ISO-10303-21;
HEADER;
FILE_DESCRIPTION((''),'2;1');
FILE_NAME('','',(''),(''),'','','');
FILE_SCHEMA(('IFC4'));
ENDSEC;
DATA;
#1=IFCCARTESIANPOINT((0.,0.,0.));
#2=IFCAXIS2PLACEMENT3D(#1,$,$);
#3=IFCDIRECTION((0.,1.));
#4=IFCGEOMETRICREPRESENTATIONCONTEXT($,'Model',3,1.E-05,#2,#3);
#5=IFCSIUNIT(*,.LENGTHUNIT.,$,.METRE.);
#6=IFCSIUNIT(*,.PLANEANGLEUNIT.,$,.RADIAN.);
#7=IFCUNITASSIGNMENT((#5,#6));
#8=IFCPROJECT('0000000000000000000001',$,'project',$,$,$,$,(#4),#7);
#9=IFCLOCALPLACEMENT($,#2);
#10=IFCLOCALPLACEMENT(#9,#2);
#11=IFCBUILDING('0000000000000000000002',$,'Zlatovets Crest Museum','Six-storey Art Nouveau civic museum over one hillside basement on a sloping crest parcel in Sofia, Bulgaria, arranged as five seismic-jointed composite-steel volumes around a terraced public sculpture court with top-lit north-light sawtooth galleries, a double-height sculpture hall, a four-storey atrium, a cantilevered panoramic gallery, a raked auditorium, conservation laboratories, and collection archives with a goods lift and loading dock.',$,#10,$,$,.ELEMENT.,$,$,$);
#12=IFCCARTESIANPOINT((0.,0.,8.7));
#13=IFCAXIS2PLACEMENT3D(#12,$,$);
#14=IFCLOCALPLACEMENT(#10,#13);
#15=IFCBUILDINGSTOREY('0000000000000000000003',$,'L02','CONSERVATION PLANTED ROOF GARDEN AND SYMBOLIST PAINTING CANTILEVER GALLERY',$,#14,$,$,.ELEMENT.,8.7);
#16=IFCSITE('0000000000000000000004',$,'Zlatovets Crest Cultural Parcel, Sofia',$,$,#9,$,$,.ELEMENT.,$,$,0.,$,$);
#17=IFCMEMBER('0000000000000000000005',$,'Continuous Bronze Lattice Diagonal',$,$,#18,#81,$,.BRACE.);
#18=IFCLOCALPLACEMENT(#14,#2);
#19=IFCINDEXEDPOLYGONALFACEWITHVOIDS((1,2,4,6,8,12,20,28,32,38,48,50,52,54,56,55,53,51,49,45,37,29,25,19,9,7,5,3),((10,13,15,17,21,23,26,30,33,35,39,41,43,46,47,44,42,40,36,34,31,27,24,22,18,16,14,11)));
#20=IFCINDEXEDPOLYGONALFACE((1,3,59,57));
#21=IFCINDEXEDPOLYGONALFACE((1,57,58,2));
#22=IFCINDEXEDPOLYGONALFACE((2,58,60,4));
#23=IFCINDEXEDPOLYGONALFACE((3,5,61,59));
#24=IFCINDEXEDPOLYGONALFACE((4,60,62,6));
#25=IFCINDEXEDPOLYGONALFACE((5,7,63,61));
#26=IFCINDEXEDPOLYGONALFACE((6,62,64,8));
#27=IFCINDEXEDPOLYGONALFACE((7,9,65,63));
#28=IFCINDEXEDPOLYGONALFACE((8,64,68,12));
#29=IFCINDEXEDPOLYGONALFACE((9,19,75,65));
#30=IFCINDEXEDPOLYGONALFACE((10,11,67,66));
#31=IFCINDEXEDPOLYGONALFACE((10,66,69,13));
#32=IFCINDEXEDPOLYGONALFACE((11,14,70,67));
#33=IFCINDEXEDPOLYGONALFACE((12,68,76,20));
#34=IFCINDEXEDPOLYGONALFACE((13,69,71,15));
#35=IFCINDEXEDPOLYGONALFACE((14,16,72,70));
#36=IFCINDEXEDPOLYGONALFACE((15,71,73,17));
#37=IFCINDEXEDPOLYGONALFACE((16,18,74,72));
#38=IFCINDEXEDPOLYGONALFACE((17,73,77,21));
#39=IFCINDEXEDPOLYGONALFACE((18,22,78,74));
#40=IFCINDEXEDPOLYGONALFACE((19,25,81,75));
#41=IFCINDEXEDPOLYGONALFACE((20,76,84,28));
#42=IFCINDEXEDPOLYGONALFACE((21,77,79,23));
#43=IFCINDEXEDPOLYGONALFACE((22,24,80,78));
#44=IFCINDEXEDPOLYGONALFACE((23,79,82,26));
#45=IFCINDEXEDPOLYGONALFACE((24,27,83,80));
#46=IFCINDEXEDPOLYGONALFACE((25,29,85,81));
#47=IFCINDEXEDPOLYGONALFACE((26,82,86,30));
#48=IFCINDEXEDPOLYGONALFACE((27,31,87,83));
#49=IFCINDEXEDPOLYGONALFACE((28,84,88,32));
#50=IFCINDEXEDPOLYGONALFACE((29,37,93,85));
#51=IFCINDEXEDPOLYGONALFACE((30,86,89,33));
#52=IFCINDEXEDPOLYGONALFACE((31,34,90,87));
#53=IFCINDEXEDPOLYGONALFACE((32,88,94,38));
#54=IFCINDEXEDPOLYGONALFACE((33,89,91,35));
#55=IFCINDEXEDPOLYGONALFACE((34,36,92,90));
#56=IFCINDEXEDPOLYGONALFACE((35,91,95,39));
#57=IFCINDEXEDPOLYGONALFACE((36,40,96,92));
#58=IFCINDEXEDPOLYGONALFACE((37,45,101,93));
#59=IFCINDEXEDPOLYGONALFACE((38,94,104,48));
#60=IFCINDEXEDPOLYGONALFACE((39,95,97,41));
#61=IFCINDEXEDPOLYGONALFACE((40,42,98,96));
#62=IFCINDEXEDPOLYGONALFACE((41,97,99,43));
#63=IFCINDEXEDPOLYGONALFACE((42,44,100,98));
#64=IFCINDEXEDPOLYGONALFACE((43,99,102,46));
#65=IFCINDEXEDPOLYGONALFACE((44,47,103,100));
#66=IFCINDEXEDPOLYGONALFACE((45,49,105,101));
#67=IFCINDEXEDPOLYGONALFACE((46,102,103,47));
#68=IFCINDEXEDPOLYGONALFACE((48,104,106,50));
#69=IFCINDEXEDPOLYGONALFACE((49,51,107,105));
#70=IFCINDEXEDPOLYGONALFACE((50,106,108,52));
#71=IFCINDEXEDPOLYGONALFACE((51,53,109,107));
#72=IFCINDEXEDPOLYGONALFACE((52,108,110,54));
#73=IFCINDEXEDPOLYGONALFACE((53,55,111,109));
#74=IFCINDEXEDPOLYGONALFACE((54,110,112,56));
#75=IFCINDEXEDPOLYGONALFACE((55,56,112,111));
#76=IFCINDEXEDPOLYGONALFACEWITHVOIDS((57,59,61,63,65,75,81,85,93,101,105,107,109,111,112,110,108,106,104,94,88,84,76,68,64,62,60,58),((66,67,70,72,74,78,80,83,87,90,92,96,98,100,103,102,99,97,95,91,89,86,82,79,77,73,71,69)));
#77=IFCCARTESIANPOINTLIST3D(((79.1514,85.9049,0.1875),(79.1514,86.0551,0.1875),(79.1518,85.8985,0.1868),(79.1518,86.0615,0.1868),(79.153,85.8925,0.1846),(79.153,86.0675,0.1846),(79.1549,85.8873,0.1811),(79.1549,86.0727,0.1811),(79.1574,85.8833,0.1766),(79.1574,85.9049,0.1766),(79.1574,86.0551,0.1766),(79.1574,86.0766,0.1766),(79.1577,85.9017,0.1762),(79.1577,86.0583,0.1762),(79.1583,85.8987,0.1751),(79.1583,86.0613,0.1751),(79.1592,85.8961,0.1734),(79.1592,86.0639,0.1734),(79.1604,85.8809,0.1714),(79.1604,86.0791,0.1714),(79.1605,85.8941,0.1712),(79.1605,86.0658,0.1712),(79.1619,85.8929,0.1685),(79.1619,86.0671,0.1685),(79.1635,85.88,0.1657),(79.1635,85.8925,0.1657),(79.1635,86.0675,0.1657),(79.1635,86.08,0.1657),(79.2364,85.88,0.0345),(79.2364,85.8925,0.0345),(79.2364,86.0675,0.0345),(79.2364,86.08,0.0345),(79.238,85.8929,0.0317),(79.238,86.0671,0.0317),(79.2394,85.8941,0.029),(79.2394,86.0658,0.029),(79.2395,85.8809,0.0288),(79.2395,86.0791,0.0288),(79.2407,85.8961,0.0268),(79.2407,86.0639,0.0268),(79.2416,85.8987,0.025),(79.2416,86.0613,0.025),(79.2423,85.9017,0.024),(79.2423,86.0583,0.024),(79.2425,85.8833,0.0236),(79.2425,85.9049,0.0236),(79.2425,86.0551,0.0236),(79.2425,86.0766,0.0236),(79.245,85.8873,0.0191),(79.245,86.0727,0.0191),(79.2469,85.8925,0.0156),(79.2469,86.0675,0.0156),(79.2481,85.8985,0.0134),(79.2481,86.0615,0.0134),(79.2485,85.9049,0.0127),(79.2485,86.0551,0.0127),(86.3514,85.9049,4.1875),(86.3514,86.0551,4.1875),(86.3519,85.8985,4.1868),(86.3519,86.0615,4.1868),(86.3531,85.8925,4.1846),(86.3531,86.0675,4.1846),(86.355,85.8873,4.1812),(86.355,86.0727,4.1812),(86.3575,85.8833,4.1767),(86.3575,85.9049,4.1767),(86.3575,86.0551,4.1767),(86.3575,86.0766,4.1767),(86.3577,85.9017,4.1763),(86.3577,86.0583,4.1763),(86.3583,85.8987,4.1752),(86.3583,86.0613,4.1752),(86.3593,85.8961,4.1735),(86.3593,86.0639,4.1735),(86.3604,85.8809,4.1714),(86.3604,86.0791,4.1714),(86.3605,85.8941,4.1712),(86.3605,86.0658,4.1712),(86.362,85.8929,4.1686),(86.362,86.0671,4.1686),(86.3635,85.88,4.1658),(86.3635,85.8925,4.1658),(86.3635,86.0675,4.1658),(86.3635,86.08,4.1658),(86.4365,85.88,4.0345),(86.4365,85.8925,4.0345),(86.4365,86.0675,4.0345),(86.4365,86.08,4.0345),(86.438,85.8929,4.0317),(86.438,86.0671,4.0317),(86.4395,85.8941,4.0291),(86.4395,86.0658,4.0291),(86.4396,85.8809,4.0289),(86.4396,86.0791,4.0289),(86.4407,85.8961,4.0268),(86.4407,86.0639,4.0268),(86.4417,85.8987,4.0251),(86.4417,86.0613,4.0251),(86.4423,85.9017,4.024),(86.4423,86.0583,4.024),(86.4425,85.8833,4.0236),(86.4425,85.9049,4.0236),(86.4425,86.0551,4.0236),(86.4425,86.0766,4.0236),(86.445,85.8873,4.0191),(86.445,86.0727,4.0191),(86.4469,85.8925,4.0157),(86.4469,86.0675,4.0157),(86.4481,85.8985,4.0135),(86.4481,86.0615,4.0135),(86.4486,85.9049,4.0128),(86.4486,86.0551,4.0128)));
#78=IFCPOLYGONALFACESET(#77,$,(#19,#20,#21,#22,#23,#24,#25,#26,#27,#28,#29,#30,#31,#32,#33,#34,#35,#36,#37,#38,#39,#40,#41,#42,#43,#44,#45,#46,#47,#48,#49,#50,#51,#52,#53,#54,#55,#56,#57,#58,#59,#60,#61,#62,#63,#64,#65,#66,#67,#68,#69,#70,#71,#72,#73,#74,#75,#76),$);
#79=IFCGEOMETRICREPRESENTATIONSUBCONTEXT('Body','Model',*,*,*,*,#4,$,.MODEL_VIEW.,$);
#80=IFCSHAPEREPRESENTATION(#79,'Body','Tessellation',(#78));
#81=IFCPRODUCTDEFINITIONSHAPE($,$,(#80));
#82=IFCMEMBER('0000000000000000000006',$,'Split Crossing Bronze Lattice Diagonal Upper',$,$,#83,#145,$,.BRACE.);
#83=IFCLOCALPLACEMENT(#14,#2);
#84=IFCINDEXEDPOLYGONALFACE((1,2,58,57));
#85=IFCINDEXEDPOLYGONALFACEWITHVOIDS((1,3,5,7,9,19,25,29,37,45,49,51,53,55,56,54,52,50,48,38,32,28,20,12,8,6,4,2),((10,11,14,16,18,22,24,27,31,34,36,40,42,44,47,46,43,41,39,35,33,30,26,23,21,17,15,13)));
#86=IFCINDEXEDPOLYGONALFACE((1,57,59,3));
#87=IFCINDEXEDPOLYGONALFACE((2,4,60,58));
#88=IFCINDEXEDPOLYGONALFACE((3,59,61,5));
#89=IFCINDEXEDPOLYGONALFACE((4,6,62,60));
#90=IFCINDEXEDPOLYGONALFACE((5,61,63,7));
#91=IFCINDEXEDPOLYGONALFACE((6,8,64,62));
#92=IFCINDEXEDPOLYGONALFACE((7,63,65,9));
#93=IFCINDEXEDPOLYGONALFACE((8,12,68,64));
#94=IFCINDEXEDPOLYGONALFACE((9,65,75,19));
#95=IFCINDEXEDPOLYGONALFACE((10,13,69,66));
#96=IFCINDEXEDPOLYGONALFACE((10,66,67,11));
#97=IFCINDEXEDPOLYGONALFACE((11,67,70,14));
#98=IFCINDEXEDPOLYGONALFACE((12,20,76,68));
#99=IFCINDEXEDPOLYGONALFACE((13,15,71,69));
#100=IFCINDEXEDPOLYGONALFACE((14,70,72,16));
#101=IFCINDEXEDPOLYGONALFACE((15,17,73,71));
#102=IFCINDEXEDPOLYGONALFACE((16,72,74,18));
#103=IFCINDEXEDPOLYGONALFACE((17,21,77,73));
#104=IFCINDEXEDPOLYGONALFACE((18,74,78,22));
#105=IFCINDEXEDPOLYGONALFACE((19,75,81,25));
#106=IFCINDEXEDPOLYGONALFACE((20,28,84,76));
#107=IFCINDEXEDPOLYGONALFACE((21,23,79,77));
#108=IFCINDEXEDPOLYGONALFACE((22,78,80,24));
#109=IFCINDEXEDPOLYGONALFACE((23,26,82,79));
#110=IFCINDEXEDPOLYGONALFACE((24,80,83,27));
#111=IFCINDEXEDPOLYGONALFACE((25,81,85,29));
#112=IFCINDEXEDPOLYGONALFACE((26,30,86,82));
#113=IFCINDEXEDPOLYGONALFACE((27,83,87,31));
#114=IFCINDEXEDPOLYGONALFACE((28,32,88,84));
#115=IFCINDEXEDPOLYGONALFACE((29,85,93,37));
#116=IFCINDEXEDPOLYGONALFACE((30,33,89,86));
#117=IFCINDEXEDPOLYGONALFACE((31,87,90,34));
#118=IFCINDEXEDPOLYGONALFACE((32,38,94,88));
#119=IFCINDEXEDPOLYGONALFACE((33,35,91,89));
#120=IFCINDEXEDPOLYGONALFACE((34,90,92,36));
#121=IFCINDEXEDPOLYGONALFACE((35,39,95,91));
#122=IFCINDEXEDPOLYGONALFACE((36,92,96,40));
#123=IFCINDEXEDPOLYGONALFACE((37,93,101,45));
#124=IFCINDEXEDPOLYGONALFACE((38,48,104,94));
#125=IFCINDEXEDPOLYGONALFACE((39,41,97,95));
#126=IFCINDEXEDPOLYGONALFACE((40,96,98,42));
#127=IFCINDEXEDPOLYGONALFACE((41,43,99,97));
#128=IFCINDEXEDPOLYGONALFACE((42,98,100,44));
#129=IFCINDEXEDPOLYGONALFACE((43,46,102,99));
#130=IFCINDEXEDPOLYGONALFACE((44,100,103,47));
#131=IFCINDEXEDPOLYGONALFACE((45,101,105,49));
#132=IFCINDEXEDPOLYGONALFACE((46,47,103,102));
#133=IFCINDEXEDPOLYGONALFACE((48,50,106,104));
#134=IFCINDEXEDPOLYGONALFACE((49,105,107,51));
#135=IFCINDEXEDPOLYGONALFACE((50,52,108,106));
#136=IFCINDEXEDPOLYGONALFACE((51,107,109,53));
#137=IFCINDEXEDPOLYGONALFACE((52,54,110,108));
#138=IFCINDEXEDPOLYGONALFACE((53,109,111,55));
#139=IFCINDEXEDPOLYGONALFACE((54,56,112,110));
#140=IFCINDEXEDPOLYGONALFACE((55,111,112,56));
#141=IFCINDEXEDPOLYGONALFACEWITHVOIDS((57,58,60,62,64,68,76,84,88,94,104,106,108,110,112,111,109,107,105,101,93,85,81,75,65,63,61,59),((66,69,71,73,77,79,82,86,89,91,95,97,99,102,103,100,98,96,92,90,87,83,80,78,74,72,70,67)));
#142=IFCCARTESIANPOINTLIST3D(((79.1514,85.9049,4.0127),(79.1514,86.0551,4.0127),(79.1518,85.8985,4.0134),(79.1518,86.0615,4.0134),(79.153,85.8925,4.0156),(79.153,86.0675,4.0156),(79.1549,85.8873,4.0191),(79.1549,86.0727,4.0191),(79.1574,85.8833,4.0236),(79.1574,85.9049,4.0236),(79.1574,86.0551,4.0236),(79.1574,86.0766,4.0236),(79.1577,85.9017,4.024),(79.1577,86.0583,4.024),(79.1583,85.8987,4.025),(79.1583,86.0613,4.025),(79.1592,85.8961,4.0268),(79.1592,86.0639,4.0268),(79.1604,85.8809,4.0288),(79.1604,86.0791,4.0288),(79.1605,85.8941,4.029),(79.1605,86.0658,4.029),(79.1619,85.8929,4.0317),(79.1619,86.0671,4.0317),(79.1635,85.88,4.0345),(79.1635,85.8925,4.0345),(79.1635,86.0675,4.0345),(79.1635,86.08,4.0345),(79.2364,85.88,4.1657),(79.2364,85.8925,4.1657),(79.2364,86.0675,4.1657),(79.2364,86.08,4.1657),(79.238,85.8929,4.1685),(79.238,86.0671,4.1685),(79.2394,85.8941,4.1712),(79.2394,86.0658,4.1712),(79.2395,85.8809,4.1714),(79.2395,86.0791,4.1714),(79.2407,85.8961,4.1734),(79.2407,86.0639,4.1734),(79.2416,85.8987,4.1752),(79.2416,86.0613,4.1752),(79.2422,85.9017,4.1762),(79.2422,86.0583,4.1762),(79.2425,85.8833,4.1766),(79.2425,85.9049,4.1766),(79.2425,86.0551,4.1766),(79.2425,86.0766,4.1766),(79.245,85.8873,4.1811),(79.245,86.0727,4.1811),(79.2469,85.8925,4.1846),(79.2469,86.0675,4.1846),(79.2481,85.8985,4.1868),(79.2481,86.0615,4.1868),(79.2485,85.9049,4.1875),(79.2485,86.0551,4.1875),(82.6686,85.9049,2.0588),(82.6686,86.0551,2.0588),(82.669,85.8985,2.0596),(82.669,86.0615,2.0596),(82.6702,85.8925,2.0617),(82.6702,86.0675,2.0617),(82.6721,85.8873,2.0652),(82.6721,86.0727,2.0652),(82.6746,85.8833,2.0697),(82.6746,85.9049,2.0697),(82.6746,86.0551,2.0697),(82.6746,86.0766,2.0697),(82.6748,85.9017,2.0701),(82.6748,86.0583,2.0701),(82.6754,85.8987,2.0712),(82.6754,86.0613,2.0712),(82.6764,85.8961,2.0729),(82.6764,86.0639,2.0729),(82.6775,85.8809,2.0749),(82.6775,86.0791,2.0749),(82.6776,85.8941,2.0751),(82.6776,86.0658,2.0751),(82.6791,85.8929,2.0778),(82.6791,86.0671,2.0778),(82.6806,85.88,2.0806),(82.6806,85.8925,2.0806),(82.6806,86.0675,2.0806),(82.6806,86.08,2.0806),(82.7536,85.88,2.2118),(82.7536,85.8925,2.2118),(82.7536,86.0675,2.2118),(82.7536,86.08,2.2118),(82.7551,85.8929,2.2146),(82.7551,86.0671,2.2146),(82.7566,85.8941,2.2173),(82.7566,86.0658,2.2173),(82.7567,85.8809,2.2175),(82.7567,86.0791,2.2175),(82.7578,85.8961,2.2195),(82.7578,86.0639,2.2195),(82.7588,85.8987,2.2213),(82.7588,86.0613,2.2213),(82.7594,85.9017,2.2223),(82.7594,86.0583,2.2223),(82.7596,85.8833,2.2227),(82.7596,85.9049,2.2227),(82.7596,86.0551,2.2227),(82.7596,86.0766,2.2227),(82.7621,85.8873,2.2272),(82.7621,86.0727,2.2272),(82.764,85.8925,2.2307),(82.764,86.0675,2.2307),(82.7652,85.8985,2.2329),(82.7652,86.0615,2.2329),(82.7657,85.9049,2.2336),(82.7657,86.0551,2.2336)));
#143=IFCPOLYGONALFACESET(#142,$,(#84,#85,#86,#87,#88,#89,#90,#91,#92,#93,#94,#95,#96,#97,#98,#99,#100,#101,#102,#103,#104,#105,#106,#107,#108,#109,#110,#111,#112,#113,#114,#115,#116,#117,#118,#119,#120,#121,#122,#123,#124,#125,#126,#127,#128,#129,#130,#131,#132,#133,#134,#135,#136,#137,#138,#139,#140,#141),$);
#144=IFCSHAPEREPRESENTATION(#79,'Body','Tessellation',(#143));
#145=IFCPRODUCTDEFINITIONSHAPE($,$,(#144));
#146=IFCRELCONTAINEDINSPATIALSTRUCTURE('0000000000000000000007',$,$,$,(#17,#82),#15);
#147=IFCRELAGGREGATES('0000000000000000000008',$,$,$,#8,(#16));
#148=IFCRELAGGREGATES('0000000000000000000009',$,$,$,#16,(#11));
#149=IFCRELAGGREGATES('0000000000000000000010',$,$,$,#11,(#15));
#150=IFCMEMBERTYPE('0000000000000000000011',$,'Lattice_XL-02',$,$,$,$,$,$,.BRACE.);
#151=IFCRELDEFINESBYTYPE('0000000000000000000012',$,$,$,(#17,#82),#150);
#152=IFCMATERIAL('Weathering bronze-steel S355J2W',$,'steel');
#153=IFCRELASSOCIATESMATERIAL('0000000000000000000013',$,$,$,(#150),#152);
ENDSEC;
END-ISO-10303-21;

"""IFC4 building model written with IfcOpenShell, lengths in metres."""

from ifc_helpers import new_model, si_unit, direction, frame, origin, origin_2d, place, context, subcontext, project, spatial, hollow_rectangle, extrude, material, material_profile, profile_set, type_object, element, save


model = new_model("IFC4")

# Units and contexts
model_context = context("Model", 3, precision=1e-05, world=origin(), true_north=direction((0.0, 1.0)))
body_context = subcontext(model_context, "Body", "Model", "MODEL_VIEW")
ifc_project = project(units=[si_unit("LENGTHUNIT", "METRE"), si_unit("PLANEANGLEUNIT", "RADIAN")], contexts=[model_context])

# Site, building, storey
site_placement = place(None, origin())
site = spatial("IfcSite", under=ifc_project, at=site_placement, Name="Zlatovets Crest Cultural Parcel, Sofia", CompositionType="ELEMENT", RefElevation=0.0)
building_placement = place(site_placement, origin())
building = spatial("IfcBuilding", under=site, at=building_placement, Name="Zlatovets Crest Museum", Description="Six-storey Art Nouveau civic museum over one hillside basement on a sloping crest parcel in Sofia, Bulgaria, arranged as five seismic-jointed composite-steel volumes around a terraced public sculpture court with top-lit north-light sawtooth galleries, a double-height sculpture hall, a four-storey atrium, a cantilevered panoramic gallery, a raked auditorium, conservation laboratories, and collection archives with a goods lift and loading dock.", CompositionType="ELEMENT")
storey_placement = place(building_placement, frame((0.0, 0.0, 8.7)))
storey = spatial("IfcBuildingStorey", under=building, at=storey_placement, Name="L02", Description="CONSERVATION PLANTED ROOF GARDEN AND SYMBOLIST PAINTING CANTILEVER GALLERY", CompositionType="ELEMENT", Elevation=8.7)

# Members
ifc_material_1 = material(Name="Weathering bronze-steel S355J2W", Category="steel")
ifc_material_profile_1 = material_profile(ifc_material_1, hollow_rectangle(XDim=0.2, YDim=0.2, WallThickness=0.0125, InnerFilletRadius=0.0125, OuterFilletRadius=0.0249, at=origin_2d()), Name="SHS 200x200x12.5")
ifc_profile_set_1 = profile_set([ifc_material_profile_1], Name="Weathering bronze-steel S355J2W")
member_type_1 = type_object("IfcMemberType", Name="Lattice_XL-02", PredefinedType="BRACE", material=ifc_profile_set_1)
member_1_placement = place(storey_placement, frame((79.2, 85.98, 0.1001), z_axis=(0.874156, 0.0, 0.485645), x_axis=(0.0, 1.0, 0.0)))
element("IfcMember", 1, at=member_1_placement, inside=storey, type_object=member_type_1, Name="Continuous Bronze Lattice Diagonal", PredefinedType="BRACE", context=body_context, shape_type="SweptSolid", body=[
    extrude(hollow_rectangle(XDim=0.2, YDim=0.2, WallThickness=0.0125, InnerFilletRadius=0.0125, OuterFilletRadius=0.0249, at=origin_2d()), origin(), (0.0, 0.0, 1.0), 8.2366),
])
member_2_placement = place(storey_placement, frame((79.2, 85.98, 4.1001), z_axis=(0.874166, 0.0, -0.485627), x_axis=(0.0, 1.0, 0.0)))
element("IfcMember", 2, at=member_2_placement, inside=storey, type_object=member_type_1, Name="Split Crossing Bronze Lattice Diagonal Upper", PredefinedType="BRACE", context=body_context, shape_type="SweptSolid", body=[
    extrude(hollow_rectangle(XDim=0.2, YDim=0.2, WallThickness=0.0125, InnerFilletRadius=0.0125, OuterFilletRadius=0.0249, at=origin_2d()), origin(), (0.0, 0.0, 1.0), 4.0234),
])

save(model, "model.ifc")
